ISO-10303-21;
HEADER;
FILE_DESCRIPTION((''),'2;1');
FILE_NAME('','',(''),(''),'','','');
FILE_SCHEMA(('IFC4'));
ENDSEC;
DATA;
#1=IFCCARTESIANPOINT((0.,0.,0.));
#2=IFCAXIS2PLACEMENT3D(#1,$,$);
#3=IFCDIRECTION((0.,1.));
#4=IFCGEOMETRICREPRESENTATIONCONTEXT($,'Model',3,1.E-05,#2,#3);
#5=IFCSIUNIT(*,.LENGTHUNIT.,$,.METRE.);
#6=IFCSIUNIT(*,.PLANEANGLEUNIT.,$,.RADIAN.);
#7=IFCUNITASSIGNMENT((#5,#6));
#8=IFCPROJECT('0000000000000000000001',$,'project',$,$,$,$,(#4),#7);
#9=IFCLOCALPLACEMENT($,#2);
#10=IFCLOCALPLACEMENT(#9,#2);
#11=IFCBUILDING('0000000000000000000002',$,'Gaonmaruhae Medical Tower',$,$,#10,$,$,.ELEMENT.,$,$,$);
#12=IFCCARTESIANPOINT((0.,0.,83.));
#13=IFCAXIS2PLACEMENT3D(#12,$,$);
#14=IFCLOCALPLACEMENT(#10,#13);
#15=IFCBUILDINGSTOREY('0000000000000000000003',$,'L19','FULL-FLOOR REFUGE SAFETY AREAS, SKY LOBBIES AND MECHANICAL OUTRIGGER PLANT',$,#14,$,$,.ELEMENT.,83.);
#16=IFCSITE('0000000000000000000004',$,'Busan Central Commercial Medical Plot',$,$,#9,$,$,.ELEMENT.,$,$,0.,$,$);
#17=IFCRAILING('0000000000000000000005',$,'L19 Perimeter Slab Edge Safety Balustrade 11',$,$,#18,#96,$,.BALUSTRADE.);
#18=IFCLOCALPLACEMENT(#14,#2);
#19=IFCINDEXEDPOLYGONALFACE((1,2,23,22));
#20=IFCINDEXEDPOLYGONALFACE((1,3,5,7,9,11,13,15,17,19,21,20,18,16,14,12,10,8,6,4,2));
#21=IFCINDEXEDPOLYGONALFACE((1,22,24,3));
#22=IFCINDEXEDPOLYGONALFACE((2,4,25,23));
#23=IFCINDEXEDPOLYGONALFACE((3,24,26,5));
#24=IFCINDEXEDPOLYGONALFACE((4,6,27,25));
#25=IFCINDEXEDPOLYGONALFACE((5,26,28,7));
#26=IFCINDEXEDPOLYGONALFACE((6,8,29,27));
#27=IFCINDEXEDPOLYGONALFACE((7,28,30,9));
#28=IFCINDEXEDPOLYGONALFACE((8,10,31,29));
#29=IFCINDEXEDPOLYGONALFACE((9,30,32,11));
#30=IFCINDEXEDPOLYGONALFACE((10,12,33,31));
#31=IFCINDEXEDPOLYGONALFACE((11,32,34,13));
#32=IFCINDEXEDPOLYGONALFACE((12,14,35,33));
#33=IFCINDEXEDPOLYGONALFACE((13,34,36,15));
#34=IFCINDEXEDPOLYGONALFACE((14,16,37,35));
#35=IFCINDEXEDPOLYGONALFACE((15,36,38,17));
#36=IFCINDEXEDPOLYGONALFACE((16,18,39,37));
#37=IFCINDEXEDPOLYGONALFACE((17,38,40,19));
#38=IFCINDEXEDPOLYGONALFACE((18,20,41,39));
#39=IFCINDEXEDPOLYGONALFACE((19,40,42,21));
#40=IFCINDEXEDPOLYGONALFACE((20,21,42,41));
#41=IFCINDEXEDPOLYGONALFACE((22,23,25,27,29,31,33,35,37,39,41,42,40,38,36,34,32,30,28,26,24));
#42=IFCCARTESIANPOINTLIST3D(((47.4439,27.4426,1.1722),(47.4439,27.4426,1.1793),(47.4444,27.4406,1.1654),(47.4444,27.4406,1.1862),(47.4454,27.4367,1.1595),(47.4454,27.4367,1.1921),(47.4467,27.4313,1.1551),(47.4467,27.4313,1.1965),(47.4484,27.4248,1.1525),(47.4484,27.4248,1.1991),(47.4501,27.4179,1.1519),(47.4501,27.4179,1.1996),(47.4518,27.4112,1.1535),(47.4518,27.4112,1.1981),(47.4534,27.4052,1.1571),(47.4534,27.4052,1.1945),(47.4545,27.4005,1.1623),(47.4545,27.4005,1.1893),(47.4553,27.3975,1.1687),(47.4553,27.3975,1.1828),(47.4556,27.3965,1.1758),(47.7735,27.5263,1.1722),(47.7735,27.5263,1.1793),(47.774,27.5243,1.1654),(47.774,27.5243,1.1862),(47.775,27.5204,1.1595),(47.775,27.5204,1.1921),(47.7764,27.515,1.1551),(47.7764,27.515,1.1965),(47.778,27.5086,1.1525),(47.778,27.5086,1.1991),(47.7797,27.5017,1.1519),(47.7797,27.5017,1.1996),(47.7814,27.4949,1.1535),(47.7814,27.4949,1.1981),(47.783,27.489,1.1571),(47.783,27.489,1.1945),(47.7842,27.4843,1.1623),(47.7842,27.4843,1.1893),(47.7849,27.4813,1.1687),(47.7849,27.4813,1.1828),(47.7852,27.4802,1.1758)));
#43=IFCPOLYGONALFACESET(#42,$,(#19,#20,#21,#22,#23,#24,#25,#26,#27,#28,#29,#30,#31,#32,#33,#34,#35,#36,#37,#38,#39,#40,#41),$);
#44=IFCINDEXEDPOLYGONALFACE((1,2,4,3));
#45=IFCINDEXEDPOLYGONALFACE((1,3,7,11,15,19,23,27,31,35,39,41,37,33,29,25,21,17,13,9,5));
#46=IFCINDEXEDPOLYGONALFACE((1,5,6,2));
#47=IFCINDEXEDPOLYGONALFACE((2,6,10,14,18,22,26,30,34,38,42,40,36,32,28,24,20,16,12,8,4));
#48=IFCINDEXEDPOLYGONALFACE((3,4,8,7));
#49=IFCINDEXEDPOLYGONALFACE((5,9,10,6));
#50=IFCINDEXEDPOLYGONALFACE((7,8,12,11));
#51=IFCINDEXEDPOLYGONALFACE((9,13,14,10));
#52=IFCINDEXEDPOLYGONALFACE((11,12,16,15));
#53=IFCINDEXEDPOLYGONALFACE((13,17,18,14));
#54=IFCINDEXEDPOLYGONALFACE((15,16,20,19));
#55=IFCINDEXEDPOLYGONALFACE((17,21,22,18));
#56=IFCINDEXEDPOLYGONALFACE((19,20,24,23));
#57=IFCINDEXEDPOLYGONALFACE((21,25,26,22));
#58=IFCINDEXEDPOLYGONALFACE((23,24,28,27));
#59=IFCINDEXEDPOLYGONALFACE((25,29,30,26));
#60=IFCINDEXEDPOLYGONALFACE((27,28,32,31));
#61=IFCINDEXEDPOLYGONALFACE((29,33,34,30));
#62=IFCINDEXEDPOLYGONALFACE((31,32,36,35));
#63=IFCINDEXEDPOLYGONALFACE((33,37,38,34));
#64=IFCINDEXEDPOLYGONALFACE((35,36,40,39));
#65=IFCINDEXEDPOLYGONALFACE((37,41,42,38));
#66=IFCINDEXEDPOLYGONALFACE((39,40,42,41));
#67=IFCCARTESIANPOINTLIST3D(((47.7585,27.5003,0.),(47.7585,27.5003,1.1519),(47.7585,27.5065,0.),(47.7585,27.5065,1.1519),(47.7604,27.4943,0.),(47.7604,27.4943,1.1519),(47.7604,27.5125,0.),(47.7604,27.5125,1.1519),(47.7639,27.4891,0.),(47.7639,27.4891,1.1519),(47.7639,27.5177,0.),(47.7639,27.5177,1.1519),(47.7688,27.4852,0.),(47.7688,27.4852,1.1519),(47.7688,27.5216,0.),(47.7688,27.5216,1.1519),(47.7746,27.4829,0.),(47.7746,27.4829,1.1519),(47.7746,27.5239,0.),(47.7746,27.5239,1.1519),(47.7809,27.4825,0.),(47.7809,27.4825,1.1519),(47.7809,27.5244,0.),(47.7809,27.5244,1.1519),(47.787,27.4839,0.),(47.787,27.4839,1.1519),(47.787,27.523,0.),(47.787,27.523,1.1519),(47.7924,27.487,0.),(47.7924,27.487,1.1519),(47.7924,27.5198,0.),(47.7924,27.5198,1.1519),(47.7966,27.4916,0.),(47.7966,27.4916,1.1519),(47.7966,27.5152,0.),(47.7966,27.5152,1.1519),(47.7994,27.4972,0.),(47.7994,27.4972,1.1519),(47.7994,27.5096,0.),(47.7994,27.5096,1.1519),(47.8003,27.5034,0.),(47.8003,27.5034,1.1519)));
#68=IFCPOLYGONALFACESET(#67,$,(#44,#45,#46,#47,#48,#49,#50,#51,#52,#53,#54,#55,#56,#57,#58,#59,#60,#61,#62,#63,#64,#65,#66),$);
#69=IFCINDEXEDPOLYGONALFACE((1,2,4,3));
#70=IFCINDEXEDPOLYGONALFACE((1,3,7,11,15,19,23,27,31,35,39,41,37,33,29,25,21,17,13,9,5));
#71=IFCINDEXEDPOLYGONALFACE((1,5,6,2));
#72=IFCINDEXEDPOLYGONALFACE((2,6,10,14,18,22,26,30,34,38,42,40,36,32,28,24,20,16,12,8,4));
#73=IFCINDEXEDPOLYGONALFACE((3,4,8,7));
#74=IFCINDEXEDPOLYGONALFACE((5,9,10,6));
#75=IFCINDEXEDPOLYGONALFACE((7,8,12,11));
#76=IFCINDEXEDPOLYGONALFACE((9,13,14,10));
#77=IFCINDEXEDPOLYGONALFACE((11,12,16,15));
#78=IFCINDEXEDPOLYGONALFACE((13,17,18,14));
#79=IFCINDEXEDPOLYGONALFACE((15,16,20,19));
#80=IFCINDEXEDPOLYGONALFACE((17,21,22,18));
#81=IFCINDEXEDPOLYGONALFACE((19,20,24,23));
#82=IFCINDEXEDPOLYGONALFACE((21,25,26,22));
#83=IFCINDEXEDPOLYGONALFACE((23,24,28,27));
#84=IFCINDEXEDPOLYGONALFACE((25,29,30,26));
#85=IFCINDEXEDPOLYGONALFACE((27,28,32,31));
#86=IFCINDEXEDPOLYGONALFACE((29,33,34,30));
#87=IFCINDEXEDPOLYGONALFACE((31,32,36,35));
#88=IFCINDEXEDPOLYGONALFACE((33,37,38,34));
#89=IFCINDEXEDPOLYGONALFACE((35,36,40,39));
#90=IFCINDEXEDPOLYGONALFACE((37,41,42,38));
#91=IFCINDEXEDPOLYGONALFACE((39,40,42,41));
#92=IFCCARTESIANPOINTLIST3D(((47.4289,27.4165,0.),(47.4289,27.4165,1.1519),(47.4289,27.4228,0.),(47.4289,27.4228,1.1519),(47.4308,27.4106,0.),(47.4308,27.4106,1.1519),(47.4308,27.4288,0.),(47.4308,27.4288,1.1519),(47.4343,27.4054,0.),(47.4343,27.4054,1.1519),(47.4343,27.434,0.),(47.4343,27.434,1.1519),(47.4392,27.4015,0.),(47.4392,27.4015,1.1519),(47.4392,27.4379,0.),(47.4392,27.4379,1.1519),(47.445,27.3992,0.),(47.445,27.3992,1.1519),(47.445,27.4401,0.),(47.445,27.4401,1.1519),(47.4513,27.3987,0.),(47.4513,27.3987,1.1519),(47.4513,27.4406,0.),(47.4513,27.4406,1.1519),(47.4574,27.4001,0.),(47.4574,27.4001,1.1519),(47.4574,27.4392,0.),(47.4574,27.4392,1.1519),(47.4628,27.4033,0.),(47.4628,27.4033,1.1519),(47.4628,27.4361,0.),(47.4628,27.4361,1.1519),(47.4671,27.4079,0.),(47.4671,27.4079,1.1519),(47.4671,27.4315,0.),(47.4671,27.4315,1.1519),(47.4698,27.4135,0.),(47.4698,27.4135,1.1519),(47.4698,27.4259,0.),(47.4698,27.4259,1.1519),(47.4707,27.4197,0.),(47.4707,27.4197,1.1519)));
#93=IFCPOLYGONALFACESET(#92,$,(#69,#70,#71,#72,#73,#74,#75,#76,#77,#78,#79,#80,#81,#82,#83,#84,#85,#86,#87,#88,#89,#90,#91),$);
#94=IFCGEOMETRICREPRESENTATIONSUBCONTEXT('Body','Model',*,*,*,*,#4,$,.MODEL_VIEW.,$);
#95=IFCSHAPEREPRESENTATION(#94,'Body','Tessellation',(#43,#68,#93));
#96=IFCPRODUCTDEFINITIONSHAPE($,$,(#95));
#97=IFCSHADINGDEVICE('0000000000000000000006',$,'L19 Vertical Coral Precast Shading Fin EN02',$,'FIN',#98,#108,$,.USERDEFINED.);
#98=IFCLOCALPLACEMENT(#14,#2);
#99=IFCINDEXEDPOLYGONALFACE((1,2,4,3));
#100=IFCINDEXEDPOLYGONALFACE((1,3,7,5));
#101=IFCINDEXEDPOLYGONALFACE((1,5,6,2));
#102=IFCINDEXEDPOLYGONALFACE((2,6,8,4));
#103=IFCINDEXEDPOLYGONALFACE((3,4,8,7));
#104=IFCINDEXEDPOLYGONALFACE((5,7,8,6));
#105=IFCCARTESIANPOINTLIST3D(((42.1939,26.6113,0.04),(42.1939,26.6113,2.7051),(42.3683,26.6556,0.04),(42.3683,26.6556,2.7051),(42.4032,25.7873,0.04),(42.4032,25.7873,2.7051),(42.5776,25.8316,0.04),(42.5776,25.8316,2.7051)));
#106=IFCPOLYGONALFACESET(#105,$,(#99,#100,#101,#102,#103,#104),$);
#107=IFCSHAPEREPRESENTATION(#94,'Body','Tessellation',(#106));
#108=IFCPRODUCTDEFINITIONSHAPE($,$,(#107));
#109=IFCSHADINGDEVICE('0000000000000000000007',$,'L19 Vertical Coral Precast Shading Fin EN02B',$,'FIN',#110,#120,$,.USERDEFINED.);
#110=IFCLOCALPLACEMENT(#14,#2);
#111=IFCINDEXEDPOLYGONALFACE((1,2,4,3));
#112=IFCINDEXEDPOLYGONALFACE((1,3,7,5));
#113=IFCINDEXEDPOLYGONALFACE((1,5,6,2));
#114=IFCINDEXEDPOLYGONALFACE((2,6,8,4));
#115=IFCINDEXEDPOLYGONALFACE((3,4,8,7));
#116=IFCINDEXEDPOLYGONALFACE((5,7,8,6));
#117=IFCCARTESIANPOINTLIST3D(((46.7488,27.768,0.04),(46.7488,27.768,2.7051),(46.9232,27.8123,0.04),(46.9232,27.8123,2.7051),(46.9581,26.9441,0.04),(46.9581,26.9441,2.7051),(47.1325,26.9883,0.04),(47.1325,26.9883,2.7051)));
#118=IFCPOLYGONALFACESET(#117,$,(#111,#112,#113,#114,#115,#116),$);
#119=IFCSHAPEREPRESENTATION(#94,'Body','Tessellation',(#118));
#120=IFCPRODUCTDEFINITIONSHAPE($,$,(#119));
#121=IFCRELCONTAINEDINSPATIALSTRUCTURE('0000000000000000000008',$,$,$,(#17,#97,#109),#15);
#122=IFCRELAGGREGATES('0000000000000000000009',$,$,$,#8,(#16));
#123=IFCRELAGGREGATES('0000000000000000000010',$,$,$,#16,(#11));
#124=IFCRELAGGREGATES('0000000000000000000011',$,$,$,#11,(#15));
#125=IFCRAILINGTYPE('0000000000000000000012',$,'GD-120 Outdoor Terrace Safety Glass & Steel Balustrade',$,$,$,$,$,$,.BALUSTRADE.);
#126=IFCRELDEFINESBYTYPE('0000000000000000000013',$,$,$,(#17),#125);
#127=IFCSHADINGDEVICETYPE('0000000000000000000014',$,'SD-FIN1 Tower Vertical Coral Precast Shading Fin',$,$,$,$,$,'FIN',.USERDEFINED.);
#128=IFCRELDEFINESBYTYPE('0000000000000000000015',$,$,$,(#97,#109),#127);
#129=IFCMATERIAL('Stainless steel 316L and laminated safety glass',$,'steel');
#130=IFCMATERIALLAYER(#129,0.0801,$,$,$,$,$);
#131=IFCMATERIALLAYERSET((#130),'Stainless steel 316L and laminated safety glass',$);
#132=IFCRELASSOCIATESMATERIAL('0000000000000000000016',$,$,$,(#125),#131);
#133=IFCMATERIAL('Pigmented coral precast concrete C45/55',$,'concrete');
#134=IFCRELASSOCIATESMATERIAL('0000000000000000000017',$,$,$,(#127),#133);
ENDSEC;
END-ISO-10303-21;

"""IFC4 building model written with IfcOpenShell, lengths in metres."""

from ifc_helpers import new_model, si_unit, direction, frame, origin, origin_2d, place, context, subcontext, project, spatial, rectangle, circle, extrude, material, layer, layer_set, type_object, element, save


model = new_model("IFC4")

# Units and contexts
model_context = context("Model", 3, precision=1e-05, world=origin(), true_north=direction((0.0, 1.0)))
body_context = subcontext(model_context, "Body", "Model", "MODEL_VIEW")
ifc_project = project(units=[si_unit("LENGTHUNIT", "METRE"), si_unit("PLANEANGLEUNIT", "RADIAN")], contexts=[model_context])

# Site, building, storey
site_placement = place(None, origin())
site = spatial("IfcSite", under=ifc_project, at=site_placement, Name="Busan Central Commercial Medical Plot", CompositionType="ELEMENT", RefElevation=0.0)
building_placement = place(site_placement, origin())
building = spatial("IfcBuilding", under=site, at=building_placement, Name="Gaonmaruhae Medical Tower", CompositionType="ELEMENT")
storey_placement = place(building_placement, frame((0.0, 0.0, 83.0)))
storey = spatial("IfcBuildingStorey", under=building, at=storey_placement, Name="L19", Description="FULL-FLOOR REFUGE SAFETY AREAS, SKY LOBBIES AND MECHANICAL OUTRIGGER PLANT", CompositionType="ELEMENT", Elevation=83.0)

# Railing
ifc_material_1 = material(Name="Stainless steel 316L and laminated safety glass", Category="steel")
ifc_layer_1 = layer(ifc_material_1, 0.0801)
ifc_layer_set_1 = layer_set([ifc_layer_1], Name="Stainless steel 316L and laminated safety glass")
railing_type = type_object("IfcRailingType", Name="GD-120 Outdoor Terrace Safety Glass & Steel Balustrade", PredefinedType="BALUSTRADE", material=ifc_layer_set_1)
railing_placement = place(storey_placement, frame((47.7793, 27.5034, 0.0)))
element("IfcRailing", 1, at=railing_placement, inside=storey, type_object=railing_type, Name="L19 Perimeter Slab Edge Safety Balustrade 11", PredefinedType="BALUSTRADE", context=body_context, shape_type="SweptSolid", body=[
    extrude(circle(Radius=0.0239, at=origin_2d()), frame((0.0, 0.0, 1.1758), z_axis=(-0.969206, -0.24625, 0.0), x_axis=(0.24625, -0.969206, 0.0)), (0.0, 0.0, 1.0), 0.3401),
    extrude(circle(Radius=0.021, at=origin_2d()), origin(), (0.0, 0.0, 1.0), 1.1519),
    extrude(circle(Radius=0.021, at=origin_2d()), frame((-0.3296, -0.0837, 0.0)), (0.0, 0.0, 1.0), 1.1519),
])

# Shading devices
ifc_material_2 = material(Name="Pigmented coral precast concrete C45/55", Category="concrete")
shading_device_type = type_object("IfcShadingDeviceType", Name="SD-FIN1 Tower Vertical Coral Precast Shading Fin", ElementType="FIN", PredefinedType="USERDEFINED", material=ifc_material_2)
for number, where, z_axis, x_axis, name in (
    (2, (42.3857, 26.2214, 0.04), (0.0, 0.0, 1.0), (0.969231, 0.246153, 0.0), "L19 Vertical Coral Precast Shading Fin EN02"),
    (3, (46.9407, 27.3782, 0.04), (0.0, 0.0, 1.0), (0.969231, 0.246153, 0.0), "L19 Vertical Coral Precast Shading Fin EN02B"),
):
    element("IfcShadingDevice", number, at=place(storey_placement, frame(where, z_axis=z_axis, x_axis=x_axis)), inside=storey, type_object=shading_device_type, Name=name, ObjectType="FIN", PredefinedType="USERDEFINED", context=body_context, shape_type="SweptSolid", body=[
        extrude(rectangle(XDim=0.1799, YDim=0.8501, at=origin_2d()), origin(), (0.0, 0.0, 1.0), 2.665),
    ])

save(model, "model.ifc")
